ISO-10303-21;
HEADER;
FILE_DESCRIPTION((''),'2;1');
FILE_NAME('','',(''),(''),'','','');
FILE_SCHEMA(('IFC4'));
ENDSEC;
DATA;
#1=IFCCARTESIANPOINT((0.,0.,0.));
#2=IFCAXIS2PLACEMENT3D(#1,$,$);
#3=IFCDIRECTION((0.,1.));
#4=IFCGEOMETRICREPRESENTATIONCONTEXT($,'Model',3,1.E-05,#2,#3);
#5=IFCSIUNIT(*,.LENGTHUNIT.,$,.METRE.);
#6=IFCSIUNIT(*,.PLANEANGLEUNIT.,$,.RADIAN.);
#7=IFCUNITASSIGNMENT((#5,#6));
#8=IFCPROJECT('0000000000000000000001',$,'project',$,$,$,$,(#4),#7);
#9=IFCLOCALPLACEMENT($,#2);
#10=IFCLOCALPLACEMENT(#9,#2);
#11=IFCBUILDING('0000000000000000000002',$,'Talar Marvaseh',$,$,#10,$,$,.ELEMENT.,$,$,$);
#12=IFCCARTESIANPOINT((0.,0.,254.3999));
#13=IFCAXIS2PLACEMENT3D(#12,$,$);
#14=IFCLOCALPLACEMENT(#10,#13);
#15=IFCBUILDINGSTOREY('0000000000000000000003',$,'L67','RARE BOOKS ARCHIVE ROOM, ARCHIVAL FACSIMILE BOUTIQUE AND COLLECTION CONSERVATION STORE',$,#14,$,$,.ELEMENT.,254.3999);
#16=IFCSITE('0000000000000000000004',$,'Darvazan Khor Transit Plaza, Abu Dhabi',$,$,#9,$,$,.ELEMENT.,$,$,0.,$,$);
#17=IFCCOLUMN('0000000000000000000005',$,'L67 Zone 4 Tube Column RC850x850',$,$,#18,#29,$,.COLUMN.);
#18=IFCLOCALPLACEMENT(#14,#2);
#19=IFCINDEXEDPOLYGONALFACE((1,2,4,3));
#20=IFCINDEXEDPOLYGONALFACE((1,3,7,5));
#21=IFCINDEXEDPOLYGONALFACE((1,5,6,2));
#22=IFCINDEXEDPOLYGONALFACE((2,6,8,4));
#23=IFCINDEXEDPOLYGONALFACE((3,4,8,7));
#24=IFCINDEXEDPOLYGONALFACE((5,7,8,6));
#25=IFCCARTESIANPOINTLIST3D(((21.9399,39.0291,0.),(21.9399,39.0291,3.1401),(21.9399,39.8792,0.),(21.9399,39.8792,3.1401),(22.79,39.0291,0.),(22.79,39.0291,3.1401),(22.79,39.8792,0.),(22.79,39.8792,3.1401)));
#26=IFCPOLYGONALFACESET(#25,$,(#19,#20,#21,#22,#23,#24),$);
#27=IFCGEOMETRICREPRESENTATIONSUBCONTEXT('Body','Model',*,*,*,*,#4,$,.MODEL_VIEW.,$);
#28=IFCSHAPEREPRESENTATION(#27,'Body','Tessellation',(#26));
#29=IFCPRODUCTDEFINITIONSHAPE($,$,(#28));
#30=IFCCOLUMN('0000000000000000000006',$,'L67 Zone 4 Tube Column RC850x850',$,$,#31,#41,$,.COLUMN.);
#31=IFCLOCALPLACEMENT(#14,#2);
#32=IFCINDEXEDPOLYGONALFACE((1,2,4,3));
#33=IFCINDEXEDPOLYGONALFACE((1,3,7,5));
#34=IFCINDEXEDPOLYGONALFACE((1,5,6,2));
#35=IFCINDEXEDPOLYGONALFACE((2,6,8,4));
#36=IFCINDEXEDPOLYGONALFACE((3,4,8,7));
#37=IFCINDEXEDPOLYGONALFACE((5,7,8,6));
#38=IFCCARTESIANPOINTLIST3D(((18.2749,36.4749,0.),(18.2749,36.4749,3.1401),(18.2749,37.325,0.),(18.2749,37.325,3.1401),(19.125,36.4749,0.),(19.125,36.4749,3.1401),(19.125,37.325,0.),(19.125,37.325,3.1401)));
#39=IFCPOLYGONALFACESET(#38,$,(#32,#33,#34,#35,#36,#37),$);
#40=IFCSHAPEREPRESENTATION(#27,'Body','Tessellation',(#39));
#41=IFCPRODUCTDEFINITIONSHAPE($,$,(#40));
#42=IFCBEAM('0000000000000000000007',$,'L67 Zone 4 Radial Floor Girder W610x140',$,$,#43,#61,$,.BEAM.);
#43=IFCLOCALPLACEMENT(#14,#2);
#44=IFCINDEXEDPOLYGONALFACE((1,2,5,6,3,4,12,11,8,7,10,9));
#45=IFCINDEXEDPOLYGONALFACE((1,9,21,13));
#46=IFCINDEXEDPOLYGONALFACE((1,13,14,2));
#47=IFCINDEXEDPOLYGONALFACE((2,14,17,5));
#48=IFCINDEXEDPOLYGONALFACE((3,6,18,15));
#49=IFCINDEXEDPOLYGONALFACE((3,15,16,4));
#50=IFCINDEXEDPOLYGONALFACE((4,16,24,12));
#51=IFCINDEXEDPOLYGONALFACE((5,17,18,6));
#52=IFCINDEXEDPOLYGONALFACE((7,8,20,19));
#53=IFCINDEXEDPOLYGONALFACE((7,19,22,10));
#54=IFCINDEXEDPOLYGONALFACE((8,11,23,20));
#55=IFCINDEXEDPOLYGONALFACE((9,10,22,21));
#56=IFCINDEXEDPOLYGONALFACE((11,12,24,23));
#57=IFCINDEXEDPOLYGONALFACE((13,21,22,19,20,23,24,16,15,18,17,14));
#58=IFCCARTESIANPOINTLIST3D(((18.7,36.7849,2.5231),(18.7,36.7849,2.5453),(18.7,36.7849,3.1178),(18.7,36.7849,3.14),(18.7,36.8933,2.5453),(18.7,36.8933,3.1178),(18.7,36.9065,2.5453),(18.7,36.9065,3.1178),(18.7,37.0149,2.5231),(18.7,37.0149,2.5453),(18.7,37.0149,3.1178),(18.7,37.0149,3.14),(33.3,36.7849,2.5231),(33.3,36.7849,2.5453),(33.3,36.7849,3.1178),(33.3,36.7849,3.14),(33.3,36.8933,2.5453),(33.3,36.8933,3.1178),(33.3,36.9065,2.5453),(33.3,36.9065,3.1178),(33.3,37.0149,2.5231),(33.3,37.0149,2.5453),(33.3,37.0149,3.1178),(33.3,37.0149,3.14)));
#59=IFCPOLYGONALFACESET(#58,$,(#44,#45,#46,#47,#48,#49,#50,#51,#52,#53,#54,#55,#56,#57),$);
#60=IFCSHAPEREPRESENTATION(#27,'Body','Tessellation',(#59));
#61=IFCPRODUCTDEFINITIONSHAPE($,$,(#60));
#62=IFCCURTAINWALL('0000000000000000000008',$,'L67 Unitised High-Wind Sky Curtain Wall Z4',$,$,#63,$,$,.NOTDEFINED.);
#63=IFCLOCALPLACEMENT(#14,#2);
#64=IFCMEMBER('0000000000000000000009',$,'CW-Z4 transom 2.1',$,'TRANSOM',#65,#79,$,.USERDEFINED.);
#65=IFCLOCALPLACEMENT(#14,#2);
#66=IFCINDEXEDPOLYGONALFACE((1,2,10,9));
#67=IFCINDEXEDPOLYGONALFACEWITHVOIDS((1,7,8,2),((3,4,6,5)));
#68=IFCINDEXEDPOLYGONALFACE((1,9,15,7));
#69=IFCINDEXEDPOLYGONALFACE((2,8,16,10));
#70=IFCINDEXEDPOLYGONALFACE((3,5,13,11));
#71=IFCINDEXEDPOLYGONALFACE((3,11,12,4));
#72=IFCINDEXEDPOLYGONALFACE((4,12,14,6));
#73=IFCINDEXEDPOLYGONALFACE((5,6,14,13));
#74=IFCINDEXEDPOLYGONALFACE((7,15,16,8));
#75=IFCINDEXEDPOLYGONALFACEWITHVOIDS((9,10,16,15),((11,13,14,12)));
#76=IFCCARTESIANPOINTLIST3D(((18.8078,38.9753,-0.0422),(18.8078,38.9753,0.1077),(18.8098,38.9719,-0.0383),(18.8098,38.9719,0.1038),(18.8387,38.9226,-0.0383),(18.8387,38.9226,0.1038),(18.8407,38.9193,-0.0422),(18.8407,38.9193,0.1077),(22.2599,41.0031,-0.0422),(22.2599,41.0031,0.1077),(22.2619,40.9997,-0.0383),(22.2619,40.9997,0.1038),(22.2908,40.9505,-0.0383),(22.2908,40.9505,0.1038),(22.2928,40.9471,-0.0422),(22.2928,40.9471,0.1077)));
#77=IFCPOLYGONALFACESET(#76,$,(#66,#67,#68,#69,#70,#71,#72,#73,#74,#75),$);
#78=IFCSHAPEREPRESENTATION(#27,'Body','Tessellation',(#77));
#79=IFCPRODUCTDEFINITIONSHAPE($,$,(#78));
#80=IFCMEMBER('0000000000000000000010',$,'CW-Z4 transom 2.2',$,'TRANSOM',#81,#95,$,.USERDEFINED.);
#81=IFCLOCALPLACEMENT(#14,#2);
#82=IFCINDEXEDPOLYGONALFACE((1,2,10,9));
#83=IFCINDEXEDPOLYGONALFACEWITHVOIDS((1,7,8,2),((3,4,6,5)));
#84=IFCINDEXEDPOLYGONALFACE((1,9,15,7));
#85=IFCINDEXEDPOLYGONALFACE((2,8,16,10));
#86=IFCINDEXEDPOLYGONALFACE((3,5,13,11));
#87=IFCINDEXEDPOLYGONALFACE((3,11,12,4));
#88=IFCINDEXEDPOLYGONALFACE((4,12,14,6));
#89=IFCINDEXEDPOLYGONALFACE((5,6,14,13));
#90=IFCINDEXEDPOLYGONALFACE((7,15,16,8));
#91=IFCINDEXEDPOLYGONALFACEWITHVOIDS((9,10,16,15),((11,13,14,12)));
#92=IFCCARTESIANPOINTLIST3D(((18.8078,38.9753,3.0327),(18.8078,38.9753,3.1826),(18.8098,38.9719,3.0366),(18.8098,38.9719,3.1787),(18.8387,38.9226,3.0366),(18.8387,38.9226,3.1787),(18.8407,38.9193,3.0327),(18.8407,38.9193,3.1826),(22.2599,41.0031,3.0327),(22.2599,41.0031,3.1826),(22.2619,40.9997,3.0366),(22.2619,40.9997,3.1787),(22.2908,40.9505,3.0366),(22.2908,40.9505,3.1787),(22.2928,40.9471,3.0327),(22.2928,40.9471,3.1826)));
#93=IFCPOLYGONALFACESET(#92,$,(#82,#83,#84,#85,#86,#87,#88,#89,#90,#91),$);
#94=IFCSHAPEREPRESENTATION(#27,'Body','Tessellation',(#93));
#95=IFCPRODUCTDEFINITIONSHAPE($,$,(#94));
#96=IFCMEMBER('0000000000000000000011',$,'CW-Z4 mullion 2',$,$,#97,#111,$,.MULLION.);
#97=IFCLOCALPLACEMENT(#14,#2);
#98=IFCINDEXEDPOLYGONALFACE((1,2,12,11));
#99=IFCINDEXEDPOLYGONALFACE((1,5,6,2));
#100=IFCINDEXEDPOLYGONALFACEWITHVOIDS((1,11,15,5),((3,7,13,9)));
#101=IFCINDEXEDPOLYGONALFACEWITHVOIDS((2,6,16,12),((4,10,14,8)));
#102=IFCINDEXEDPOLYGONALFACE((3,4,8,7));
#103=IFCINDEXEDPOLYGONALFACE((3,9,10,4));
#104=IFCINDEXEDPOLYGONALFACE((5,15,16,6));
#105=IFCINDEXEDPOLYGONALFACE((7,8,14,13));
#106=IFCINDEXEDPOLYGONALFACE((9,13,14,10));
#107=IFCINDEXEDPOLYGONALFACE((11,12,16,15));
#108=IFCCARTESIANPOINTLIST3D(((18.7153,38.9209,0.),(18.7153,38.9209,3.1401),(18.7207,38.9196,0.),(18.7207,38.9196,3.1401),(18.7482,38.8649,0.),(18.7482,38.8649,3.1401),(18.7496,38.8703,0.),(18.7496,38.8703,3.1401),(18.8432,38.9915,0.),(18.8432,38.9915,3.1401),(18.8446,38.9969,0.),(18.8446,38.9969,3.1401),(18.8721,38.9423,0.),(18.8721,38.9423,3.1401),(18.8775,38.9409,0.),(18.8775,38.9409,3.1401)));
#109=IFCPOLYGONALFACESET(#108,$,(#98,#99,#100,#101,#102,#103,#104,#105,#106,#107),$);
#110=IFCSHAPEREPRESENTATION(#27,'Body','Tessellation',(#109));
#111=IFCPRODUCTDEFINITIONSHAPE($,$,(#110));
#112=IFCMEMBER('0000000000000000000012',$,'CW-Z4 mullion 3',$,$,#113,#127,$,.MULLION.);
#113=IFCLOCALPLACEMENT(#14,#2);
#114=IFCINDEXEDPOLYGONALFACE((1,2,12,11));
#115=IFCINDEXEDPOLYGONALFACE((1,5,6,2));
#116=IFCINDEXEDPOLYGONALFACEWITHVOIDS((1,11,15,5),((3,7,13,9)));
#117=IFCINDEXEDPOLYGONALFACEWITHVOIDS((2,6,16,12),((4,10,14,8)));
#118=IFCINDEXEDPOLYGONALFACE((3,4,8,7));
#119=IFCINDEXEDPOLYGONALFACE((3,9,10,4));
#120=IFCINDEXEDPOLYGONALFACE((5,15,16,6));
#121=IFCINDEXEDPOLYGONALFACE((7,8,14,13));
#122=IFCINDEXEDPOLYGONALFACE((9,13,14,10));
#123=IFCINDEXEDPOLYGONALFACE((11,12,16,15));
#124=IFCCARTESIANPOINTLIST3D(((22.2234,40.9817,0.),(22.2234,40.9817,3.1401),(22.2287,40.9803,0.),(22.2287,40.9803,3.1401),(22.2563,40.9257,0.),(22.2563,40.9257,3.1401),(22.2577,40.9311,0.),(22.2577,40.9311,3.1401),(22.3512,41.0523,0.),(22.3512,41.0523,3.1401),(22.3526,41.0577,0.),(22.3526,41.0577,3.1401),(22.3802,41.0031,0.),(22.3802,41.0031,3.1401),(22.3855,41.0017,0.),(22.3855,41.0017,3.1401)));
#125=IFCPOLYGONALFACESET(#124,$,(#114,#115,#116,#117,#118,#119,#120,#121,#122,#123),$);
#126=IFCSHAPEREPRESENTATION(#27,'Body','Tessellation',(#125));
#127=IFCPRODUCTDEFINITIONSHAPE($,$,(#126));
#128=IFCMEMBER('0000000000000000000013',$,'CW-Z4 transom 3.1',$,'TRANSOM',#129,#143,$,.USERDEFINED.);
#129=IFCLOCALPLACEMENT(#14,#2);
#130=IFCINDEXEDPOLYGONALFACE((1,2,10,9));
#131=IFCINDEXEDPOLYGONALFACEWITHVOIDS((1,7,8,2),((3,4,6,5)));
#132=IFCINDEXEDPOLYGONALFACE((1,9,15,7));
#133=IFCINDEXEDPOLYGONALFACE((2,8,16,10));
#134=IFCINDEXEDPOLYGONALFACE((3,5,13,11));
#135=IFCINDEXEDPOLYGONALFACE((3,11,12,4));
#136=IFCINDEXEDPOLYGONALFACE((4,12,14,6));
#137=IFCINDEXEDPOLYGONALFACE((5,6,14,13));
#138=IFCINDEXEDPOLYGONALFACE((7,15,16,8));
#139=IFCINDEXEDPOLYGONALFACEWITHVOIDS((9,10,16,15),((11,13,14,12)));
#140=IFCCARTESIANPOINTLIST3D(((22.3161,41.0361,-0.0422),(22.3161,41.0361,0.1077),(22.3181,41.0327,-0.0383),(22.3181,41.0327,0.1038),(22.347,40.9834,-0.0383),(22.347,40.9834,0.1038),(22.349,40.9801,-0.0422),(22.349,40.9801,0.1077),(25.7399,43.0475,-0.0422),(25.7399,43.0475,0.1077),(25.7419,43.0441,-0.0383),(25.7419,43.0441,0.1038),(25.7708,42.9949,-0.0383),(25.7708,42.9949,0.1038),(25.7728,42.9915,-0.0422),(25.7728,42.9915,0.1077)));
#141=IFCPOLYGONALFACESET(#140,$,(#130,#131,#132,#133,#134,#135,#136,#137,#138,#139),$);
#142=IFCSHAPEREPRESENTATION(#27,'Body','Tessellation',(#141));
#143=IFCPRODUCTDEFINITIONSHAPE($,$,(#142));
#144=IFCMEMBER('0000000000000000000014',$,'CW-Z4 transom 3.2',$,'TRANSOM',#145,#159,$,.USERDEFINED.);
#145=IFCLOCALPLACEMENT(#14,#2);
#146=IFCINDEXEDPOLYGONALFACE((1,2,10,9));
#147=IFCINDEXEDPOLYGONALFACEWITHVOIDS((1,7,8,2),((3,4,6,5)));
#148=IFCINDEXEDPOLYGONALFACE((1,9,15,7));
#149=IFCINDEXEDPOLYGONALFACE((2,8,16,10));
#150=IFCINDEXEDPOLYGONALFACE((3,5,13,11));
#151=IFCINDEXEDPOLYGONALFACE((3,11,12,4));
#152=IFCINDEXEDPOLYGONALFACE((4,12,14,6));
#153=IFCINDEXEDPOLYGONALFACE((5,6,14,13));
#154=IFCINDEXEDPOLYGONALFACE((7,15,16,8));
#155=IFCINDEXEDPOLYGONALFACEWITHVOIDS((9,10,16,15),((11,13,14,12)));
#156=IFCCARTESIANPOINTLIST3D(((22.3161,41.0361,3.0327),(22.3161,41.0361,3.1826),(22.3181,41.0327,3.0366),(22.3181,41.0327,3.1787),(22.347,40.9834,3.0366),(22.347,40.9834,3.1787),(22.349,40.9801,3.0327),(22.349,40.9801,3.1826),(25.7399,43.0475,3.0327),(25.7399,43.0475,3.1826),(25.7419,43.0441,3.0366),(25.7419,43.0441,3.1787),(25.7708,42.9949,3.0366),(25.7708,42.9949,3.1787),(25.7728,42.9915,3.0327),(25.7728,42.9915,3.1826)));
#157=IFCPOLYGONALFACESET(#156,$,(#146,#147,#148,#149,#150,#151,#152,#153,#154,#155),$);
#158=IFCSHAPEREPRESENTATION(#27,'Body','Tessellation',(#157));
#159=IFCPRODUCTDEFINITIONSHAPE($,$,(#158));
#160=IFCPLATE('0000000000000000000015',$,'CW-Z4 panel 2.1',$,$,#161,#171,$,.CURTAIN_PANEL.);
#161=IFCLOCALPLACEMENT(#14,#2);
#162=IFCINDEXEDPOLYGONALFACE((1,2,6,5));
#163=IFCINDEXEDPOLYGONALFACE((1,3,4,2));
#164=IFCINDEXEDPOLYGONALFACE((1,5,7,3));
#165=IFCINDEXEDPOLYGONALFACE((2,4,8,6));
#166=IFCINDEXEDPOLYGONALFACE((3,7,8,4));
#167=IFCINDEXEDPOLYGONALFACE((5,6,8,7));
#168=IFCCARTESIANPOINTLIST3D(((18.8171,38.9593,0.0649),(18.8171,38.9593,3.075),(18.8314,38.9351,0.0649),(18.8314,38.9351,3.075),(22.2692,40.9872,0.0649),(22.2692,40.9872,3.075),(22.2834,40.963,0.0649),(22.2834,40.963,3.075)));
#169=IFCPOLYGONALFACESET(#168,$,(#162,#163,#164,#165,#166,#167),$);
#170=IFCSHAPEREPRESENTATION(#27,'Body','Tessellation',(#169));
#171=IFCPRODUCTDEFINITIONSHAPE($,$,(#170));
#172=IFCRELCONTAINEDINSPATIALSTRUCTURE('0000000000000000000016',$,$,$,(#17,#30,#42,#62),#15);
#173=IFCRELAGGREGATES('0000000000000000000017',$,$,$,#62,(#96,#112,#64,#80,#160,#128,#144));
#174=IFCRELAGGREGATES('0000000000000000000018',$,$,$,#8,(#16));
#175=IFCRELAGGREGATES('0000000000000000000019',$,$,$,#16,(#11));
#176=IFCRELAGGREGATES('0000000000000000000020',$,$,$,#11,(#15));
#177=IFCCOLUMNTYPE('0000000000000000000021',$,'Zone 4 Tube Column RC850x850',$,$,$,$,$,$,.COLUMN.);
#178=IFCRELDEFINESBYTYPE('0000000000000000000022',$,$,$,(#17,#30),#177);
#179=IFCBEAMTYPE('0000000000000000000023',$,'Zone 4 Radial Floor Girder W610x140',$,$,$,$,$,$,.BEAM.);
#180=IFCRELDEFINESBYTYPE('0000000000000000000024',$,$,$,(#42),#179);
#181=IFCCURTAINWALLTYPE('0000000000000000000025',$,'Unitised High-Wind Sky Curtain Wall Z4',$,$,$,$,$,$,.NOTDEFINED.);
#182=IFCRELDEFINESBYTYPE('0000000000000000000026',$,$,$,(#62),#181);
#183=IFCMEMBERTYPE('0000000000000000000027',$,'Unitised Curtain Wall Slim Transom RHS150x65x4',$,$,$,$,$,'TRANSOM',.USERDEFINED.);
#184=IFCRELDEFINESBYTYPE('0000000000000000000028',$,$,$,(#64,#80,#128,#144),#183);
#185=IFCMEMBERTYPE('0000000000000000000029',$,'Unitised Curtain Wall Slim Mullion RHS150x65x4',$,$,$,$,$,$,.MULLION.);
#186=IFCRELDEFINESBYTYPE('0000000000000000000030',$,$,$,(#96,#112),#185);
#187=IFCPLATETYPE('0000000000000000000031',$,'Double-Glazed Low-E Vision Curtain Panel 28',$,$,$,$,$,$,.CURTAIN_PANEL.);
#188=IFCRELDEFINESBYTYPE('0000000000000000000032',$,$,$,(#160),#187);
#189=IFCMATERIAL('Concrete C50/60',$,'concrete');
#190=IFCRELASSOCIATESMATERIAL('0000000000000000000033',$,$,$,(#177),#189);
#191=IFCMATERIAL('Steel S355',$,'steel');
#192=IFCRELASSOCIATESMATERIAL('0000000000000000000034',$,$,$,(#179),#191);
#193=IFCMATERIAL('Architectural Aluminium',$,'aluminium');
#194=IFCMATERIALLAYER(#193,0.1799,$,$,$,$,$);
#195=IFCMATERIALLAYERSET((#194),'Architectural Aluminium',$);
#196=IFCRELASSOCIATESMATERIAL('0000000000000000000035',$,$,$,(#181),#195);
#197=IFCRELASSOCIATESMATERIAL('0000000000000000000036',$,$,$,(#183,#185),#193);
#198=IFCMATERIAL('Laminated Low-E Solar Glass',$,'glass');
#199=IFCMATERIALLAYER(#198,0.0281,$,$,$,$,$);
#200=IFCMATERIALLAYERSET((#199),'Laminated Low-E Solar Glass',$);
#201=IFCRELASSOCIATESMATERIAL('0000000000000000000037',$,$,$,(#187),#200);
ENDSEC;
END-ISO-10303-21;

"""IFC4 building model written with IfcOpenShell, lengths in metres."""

from ifc_helpers import new_model, si_unit, direction, frame, origin, origin_2d, place, context, subcontext, project, spatial, rectangle, hollow_rectangle, i_section, extrude, source, transform, mapped, material, layer, layer_set, material_profile, profile_set, type_object, type_shapes, element, aggregate, save


model = new_model("IFC4")

# Units and contexts
model_context = context("Model", 3, precision=1e-05, world=origin(), true_north=direction((0.0, 1.0)))
body_context = subcontext(model_context, "Body", "Model", "MODEL_VIEW")
ifc_project = project(units=[si_unit("LENGTHUNIT", "METRE"), si_unit("PLANEANGLEUNIT", "RADIAN")], contexts=[model_context])

# Site, building, storey
site_placement = place(None, origin())
site = spatial("IfcSite", under=ifc_project, at=site_placement, Name="Darvazan Khor Transit Plaza, Abu Dhabi", CompositionType="ELEMENT", RefElevation=0.0)
building_placement = place(site_placement, origin())
building = spatial("IfcBuilding", under=site, at=building_placement, Name="Talar Marvaseh", CompositionType="ELEMENT")
storey_placement = place(building_placement, frame((0.0, 0.0, 254.3999)))
storey = spatial("IfcBuildingStorey", under=building, at=storey_placement, Name="L67", Description="RARE BOOKS ARCHIVE ROOM, ARCHIVAL FACSIMILE BOUTIQUE AND COLLECTION CONSERVATION STORE", CompositionType="ELEMENT", Elevation=254.3999)

# Columns
ifc_material_1 = material(Name="Concrete C50/60", Category="concrete")
ifc_material_profile_1 = material_profile(ifc_material_1, rectangle(XDim=0.8501, YDim=0.8501, at=origin_2d()), Name="RC850x850")
ifc_profile_set_1 = profile_set([ifc_material_profile_1], Name="Concrete C50/60")
column_type = type_object("IfcColumnType", Name="Zone 4 Tube Column RC850x850", PredefinedType="COLUMN", material=ifc_profile_set_1)
for number, where, z_axis, x_axis, name in (
    (1, (22.365, 39.4541, 0.0), (0.0, 0.0, 1.0), (1.0, 0.0, 0.0), "L67 Zone 4 Tube Column RC850x850"),
    (2, (18.7, 36.8999, 0.0), (0.0, 0.0, 1.0), (1.0, 0.0, 0.0), "L67 Zone 4 Tube Column RC850x850"),
):
    element("IfcColumn", number, at=place(storey_placement, frame(where, z_axis=z_axis, x_axis=x_axis)), inside=storey, type_object=column_type, Name=name, PredefinedType="COLUMN", context=body_context, shape_type="SweptSolid", body=[
        extrude(rectangle(XDim=0.8501, YDim=0.8501, at=origin_2d()), origin(), (0.0, 0.0, 1.0), 3.1401),
    ])

# Beam
ifc_material_2 = material(Name="Steel S355", Category="steel")
ifc_material_profile_2 = material_profile(ifc_material_2, i_section(OverallWidth=0.23, OverallDepth=0.6169, WebThickness=0.0132, FlangeThickness=0.0222, at=origin_2d()), Name="W610x140")
ifc_profile_set_2 = profile_set([ifc_material_profile_2], Name="Steel S355")
beam_type = type_object("IfcBeamType", Name="Zone 4 Radial Floor Girder W610x140", PredefinedType="BEAM", material=ifc_profile_set_2)
beam_placement = place(storey_placement, frame((18.7, 36.8999, 2.8315), z_axis=(1.0, 0.0, 0.0), x_axis=(0.0, 1.0, 0.0)))
element("IfcBeam", 3, at=beam_placement, inside=storey, type_object=beam_type, Name="L67 Zone 4 Radial Floor Girder W610x140", PredefinedType="BEAM", context=body_context, shape_type="SweptSolid", body=[
    extrude(i_section(OverallWidth=0.23, OverallDepth=0.6169, WebThickness=0.0132, FlangeThickness=0.0222, at=origin_2d()), origin(), (0.0, 0.0, 1.0), 14.6001),
])

# Curtain wall, members, plate
ifc_material_3 = material(Name="Architectural Aluminium", Category="aluminium")
ifc_layer_1 = layer(ifc_material_3, 0.1799)
ifc_layer_set_1 = layer_set([ifc_layer_1], Name="Architectural Aluminium")
curtain_wall_type = type_object("IfcCurtainWallType", Name="Unitised High-Wind Sky Curtain Wall Z4", PredefinedType="NOTDEFINED", material=ifc_layer_set_1)
curtain_wall_placement = place(storey_placement, origin())
curtain_wall = element("IfcCurtainWall", 4, at=curtain_wall_placement, inside=storey, type_object=curtain_wall_type, Name="L67 Unitised High-Wind Sky Curtain Wall Z4", PredefinedType="NOTDEFINED")
ifc_material_profile_3 = material_profile(ifc_material_3, hollow_rectangle(XDim=0.0649, YDim=0.1499, WallThickness=0.0039, at=origin_2d()), Name="RHS150x65x4")
ifc_profile_set_3 = profile_set([ifc_material_profile_3], Name="Architectural Aluminium")
member_type_1 = type_object("IfcMemberType", Name="Unitised Curtain Wall Slim Transom RHS150x65x4", ElementType="TRANSOM", PredefinedType="USERDEFINED", material=ifc_profile_set_3)
shared_shape_1 = source(origin(), body_context, "Body", "SweptSolid", [
    extrude(hollow_rectangle(XDim=0.0649, YDim=0.1499, WallThickness=0.0039, at=origin_2d()), origin(), (0.0, 0.0, 1.0), 4.0037),
])
member_1_placement = place(storey_placement, frame((18.8242, 38.9473, 0.0327), z_axis=(0.862244, 0.506492, 0.0), x_axis=(-0.506492, 0.862244, 0.0)))
member_1 = element("IfcMember", 5, at=member_1_placement, type_object=member_type_1, Name="CW-Z4 transom 2.1", ObjectType="TRANSOM", PredefinedType="USERDEFINED", context=body_context, shape_type="MappedRepresentation", body=[
    mapped(shared_shape_1, transform((0.0, 0.0, 0.0), x_axis=(1.0, 0.0, 0.0), y_axis=(0.0, 1.0, 0.0), z_axis=(0.0, 0.0, 1.0), scale=1.0)),
])
member_2_placement = place(storey_placement, frame((18.8242, 38.9473, 3.1077), z_axis=(0.862244, 0.506492, 0.0), x_axis=(-0.506492, 0.862244, 0.0)))
member_2 = element("IfcMember", 6, at=member_2_placement, type_object=member_type_1, Name="CW-Z4 transom 2.2", ObjectType="TRANSOM", PredefinedType="USERDEFINED", context=body_context, shape_type="MappedRepresentation", body=[
    mapped(shared_shape_1, transform((0.0, 0.0, 0.0), x_axis=(1.0, 0.0, 0.0), y_axis=(0.0, 1.0, 0.0), z_axis=(0.0, 0.0, 1.0), scale=1.0)),
])
ifc_material_profile_4 = material_profile(ifc_material_3, hollow_rectangle(XDim=0.0649, YDim=0.1499, WallThickness=0.0039, at=origin_2d()), Name="RHS150x65x4")
ifc_profile_set_4 = profile_set([ifc_material_profile_4], Name="Architectural Aluminium")
member_type_2 = type_object("IfcMemberType", Name="Unitised Curtain Wall Slim Mullion RHS150x65x4", PredefinedType="MULLION", material=ifc_profile_set_4)
shared_shape_2 = source(origin(), body_context, "Body", "SweptSolid", [
    extrude(hollow_rectangle(XDim=0.0649, YDim=0.1499, WallThickness=0.0039, at=origin_2d()), origin(), (0.0, 0.0, 1.0), 3.1401),
])
type_shapes(member_type_2, [shared_shape_2])
member_3_placement = place(storey_placement, frame((18.7964, 38.9309, 0.0), z_axis=(0.0, 0.0, 1.0), x_axis=(-0.506517, 0.86223, 0.0)))
member_3 = element("IfcMember", 7, at=member_3_placement, type_object=member_type_2, Name="CW-Z4 mullion 2", PredefinedType="MULLION", context=body_context, shape_type="MappedRepresentation", body=[
    mapped(shared_shape_2, transform((0.0, 0.0, 0.0), x_axis=(1.0, 0.0, 0.0), y_axis=(0.0, 1.0, 0.0), z_axis=(0.0, 0.0, 1.0), scale=1.0)),
])
member_4_placement = place(storey_placement, frame((22.3044, 40.9917, 0.0), z_axis=(0.0, 0.0, 1.0), x_axis=(-0.506517, 0.86223, 0.0)))
member_4 = element("IfcMember", 8, at=member_4_placement, type_object=member_type_2, Name="CW-Z4 mullion 3", PredefinedType="MULLION", context=body_context, shape_type="MappedRepresentation", body=[
    mapped(shared_shape_2, transform((0.0, 0.0, 0.0), x_axis=(1.0, 0.0, 0.0), y_axis=(0.0, 1.0, 0.0), z_axis=(0.0, 0.0, 1.0), scale=1.0)),
])
shared_shape_3 = source(origin(), body_context, "Body", "SweptSolid", [
    extrude(hollow_rectangle(XDim=0.0649, YDim=0.1499, WallThickness=0.0039, at=origin_2d()), origin(), (0.0, 0.0, 1.0), 3.9709),
])
type_shapes(member_type_1, [shared_shape_1, shared_shape_3])
member_5_placement = place(storey_placement, frame((22.3325, 41.0081, 0.0327), z_axis=(0.862214, 0.506544, 0.0), x_axis=(-0.506544, 0.862214, 0.0)))
member_5 = element("IfcMember", 9, at=member_5_placement, type_object=member_type_1, Name="CW-Z4 transom 3.1", ObjectType="TRANSOM", PredefinedType="USERDEFINED", context=body_context, shape_type="MappedRepresentation", body=[
    mapped(shared_shape_3, transform((0.0, 0.0, 0.0), x_axis=(1.0, 0.0, 0.0), y_axis=(0.0, 1.0, 0.0), z_axis=(0.0, 0.0, 1.0), scale=1.0)),
])
member_6_placement = place(storey_placement, frame((22.3325, 41.0081, 3.1077), z_axis=(0.862214, 0.506544, 0.0), x_axis=(-0.506544, 0.862214, 0.0)))
member_6 = element("IfcMember", 10, at=member_6_placement, type_object=member_type_1, Name="CW-Z4 transom 3.2", ObjectType="TRANSOM", PredefinedType="USERDEFINED", context=body_context, shape_type="MappedRepresentation", body=[
    mapped(shared_shape_3, transform((0.0, 0.0, 0.0), x_axis=(1.0, 0.0, 0.0), y_axis=(0.0, 1.0, 0.0), z_axis=(0.0, 0.0, 1.0), scale=1.0)),
])
ifc_material_4 = material(Name="Laminated Low-E Solar Glass", Category="glass")
ifc_layer_2 = layer(ifc_material_4, 0.0281)
ifc_layer_set_2 = layer_set([ifc_layer_2], Name="Laminated Low-E Solar Glass")
plate_type = type_object("IfcPlateType", Name="Double-Glazed Low-E Vision Curtain Panel 28", PredefinedType="CURTAIN_PANEL", material=ifc_layer_set_2)
shared_shape_4 = source(origin(), body_context, "Body", "SweptSolid", [
    extrude(rectangle(XDim=4.0037, YDim=0.0281, at=origin_2d()), origin(), (0.0, 0.0, 1.0), 3.01),
])
type_shapes(plate_type, [shared_shape_4])
plate_placement = place(storey_placement, frame((20.5503, 39.9612, 0.0649), z_axis=(0.0, 0.0, 1.0), x_axis=(0.86223, 0.506517, 0.0)))
plate = element("IfcPlate", 11, at=plate_placement, type_object=plate_type, Name="CW-Z4 panel 2.1", PredefinedType="CURTAIN_PANEL", context=body_context, shape_type="MappedRepresentation", body=[
    mapped(shared_shape_4, transform((0.0, 0.0, 0.0), x_axis=(1.0, 0.0, 0.0), y_axis=(0.0, 1.0, 0.0), z_axis=(0.0, 0.0, 1.0), scale=1.0)),
])
aggregate(curtain_wall, [member_3, member_4, member_1, member_2, plate, member_5, member_6])

save(model, "model.ifc")
